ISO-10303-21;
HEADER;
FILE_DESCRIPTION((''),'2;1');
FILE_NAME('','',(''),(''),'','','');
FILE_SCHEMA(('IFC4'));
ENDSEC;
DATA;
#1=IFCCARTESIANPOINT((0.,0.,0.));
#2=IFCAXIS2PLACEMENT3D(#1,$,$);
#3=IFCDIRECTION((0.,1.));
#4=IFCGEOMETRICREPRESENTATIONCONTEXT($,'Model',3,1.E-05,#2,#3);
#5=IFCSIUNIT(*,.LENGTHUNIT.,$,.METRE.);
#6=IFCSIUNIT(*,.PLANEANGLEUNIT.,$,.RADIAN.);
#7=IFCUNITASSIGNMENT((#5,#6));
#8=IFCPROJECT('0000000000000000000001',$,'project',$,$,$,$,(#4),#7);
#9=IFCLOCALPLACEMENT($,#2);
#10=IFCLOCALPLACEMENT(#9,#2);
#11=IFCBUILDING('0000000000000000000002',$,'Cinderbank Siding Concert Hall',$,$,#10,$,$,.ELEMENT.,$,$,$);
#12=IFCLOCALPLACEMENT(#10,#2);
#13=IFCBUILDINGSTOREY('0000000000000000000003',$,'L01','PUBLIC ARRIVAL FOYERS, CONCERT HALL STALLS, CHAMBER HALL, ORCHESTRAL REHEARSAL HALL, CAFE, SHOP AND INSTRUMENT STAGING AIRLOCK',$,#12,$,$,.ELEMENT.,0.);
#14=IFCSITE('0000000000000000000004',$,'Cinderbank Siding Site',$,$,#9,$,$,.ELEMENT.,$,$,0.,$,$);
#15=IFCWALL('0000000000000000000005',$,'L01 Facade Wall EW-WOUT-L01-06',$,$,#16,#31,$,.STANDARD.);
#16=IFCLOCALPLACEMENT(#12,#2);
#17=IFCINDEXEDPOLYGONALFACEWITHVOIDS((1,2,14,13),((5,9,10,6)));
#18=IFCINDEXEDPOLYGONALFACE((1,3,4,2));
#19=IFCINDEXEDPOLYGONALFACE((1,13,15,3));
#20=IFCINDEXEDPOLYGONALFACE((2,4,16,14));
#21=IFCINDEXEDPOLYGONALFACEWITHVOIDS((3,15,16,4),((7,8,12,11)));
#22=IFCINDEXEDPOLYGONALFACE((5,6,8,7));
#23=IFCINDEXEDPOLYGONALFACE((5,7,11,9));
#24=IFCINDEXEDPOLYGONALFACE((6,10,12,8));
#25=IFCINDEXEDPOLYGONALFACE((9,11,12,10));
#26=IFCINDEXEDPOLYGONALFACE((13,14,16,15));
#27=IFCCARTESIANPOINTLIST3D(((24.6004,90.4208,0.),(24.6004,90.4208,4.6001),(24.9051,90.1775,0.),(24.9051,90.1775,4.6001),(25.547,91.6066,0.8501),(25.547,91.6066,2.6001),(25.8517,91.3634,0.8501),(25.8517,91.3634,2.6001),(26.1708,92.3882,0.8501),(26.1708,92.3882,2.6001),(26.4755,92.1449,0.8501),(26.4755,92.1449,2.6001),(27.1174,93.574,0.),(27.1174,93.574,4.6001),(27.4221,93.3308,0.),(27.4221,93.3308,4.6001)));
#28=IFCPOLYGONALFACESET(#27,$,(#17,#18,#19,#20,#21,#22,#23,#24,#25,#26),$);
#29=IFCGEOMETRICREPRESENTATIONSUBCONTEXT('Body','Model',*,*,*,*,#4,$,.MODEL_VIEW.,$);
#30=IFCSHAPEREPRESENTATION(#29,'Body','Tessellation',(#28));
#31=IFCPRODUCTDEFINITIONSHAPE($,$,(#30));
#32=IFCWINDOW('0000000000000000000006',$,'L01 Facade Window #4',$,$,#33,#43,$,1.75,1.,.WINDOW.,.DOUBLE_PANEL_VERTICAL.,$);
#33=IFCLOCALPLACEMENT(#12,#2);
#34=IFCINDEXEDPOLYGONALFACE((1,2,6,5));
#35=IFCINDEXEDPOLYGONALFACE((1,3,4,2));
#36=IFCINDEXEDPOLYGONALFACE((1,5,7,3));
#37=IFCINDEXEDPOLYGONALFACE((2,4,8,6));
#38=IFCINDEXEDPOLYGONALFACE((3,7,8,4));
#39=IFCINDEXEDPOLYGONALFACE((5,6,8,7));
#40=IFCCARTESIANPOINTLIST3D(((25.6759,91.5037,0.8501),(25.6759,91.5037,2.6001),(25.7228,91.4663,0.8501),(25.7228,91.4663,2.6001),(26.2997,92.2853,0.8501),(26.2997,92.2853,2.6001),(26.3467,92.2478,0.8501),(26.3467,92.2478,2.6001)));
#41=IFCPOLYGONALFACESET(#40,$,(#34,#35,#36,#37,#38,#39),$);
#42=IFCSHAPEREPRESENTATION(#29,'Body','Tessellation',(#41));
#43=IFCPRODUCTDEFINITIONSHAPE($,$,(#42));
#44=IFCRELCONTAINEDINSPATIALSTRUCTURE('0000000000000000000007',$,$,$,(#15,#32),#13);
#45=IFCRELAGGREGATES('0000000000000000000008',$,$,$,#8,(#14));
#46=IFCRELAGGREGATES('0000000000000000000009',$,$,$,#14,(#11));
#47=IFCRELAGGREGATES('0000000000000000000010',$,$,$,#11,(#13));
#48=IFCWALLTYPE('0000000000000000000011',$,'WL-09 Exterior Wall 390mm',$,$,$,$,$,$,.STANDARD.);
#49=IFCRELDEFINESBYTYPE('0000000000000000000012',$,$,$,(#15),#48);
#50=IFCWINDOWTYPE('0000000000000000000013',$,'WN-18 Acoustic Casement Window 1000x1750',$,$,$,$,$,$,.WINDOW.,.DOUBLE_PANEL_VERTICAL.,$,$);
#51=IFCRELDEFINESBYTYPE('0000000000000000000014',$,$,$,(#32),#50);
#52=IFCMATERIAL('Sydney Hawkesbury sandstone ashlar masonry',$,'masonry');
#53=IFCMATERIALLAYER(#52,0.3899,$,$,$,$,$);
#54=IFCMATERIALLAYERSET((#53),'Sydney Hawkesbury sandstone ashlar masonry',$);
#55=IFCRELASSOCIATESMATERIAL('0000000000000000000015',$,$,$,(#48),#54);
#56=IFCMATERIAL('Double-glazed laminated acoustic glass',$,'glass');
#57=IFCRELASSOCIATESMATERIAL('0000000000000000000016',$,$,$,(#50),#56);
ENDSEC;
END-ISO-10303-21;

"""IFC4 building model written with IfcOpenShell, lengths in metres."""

from ifc_helpers import new_model, si_unit, direction, frame, frame_2d, origin, place, context, subcontext, project, spatial, rectangle, extrude, material, layer, layer_set, type_object, element, fill, save


model = new_model("IFC4")

# Units and contexts
model_context = context("Model", 3, precision=1e-05, world=origin(), true_north=direction((0.0, 1.0)))
body_context = subcontext(model_context, "Body", "Model", "MODEL_VIEW")
ifc_project = project(units=[si_unit("LENGTHUNIT", "METRE"), si_unit("PLANEANGLEUNIT", "RADIAN")], contexts=[model_context])

# Site, building, storey
site_placement = place(None, origin())
site = spatial("IfcSite", under=ifc_project, at=site_placement, Name="Cinderbank Siding Site", CompositionType="ELEMENT", RefElevation=0.0)
building_placement = place(site_placement, origin())
building = spatial("IfcBuilding", under=site, at=building_placement, Name="Cinderbank Siding Concert Hall", CompositionType="ELEMENT")
storey_placement = place(building_placement, origin())
storey = spatial("IfcBuildingStorey", under=building, at=storey_placement, Name="L01", Description="PUBLIC ARRIVAL FOYERS, CONCERT HALL STALLS, CHAMBER HALL, ORCHESTRAL REHEARSAL HALL, CAFE, SHOP AND INSTRUMENT STAGING AIRLOCK", CompositionType="ELEMENT", Elevation=0.0)

# Shared definitions
ifc_material_1 = material(Name="Sydney Hawkesbury sandstone ashlar masonry", Category="masonry")
ifc_layer_1 = layer(ifc_material_1, 0.3899)
ifc_layer_set_1 = layer_set([ifc_layer_1], Name="Sydney Hawkesbury sandstone ashlar masonry")
wall_type_1 = type_object("IfcWallType", Name="WL-09 Exterior Wall 390mm", PredefinedType="STANDARD", material=ifc_layer_set_1)

# Wall, opening, window
wall_1_placement = place(storey_placement, frame((27.2698, 93.4524, 0.0), z_axis=(0.0, 0.0, 1.0), x_axis=(-0.623853, -0.781541, 0.0)))
wall_1 = element("IfcWall", 1, at=wall_1_placement, inside=storey, type_object=wall_type_1, Name="L01 Facade Wall EW-WOUT-L01-06", PredefinedType="STANDARD", context=body_context, shape_type="SweptSolid", body=[
    extrude(rectangle(XDim=4.0347, YDim=0.3899, at=frame_2d((2.0173, 0.0))), origin(), (0.0, 0.0, 1.0), 4.6001),
])
opening_1_placement = place(wall_1_placement, frame((1.5173, 0.0, 0.8501)))
opening_1 = element("IfcOpeningElement", 2, at=opening_1_placement, cuts=wall_1, PredefinedType="OPENING", context=body_context, shape_type="SweptSolid", body=[
    extrude(rectangle(XDim=1.0, YDim=1.75, at=frame_2d((0.5, 0.875))), frame((0.0, 0.207, 0.0), z_axis=(0.0, -1.0, 0.0), x_axis=(1.0, 0.0, 0.0)), (0.0, 0.0, 1.0), 0.4138),
])
ifc_material_2 = material(Name="Double-glazed laminated acoustic glass", Category="glass")
window_type = type_object("IfcWindowType", Name="WN-18 Acoustic Casement Window 1000x1750", PartitioningType="DOUBLE_PANEL_VERTICAL", PredefinedType="WINDOW", material=ifc_material_2)
window_placement = place(opening_1_placement, origin())
window = element("IfcWindow", 3, at=window_placement, inside=storey, type_object=window_type, Name="L01 Facade Window #4", OverallHeight=1.75, OverallWidth=1.0, PartitioningType="DOUBLE_PANEL_VERTICAL", PredefinedType="WINDOW", context=body_context, shape_type="SweptSolid", body=[
    extrude(rectangle(XDim=1.0, YDim=1.75, at=frame_2d((0.5, 0.875))), frame((0.0, 0.03, 0.0), z_axis=(0.0, -1.0, 0.0), x_axis=(1.0, 0.0, 0.0)), (0.0, 0.0, 1.0), 0.0601),
])
fill(opening_1, window)

save(model, "model.ifc")
